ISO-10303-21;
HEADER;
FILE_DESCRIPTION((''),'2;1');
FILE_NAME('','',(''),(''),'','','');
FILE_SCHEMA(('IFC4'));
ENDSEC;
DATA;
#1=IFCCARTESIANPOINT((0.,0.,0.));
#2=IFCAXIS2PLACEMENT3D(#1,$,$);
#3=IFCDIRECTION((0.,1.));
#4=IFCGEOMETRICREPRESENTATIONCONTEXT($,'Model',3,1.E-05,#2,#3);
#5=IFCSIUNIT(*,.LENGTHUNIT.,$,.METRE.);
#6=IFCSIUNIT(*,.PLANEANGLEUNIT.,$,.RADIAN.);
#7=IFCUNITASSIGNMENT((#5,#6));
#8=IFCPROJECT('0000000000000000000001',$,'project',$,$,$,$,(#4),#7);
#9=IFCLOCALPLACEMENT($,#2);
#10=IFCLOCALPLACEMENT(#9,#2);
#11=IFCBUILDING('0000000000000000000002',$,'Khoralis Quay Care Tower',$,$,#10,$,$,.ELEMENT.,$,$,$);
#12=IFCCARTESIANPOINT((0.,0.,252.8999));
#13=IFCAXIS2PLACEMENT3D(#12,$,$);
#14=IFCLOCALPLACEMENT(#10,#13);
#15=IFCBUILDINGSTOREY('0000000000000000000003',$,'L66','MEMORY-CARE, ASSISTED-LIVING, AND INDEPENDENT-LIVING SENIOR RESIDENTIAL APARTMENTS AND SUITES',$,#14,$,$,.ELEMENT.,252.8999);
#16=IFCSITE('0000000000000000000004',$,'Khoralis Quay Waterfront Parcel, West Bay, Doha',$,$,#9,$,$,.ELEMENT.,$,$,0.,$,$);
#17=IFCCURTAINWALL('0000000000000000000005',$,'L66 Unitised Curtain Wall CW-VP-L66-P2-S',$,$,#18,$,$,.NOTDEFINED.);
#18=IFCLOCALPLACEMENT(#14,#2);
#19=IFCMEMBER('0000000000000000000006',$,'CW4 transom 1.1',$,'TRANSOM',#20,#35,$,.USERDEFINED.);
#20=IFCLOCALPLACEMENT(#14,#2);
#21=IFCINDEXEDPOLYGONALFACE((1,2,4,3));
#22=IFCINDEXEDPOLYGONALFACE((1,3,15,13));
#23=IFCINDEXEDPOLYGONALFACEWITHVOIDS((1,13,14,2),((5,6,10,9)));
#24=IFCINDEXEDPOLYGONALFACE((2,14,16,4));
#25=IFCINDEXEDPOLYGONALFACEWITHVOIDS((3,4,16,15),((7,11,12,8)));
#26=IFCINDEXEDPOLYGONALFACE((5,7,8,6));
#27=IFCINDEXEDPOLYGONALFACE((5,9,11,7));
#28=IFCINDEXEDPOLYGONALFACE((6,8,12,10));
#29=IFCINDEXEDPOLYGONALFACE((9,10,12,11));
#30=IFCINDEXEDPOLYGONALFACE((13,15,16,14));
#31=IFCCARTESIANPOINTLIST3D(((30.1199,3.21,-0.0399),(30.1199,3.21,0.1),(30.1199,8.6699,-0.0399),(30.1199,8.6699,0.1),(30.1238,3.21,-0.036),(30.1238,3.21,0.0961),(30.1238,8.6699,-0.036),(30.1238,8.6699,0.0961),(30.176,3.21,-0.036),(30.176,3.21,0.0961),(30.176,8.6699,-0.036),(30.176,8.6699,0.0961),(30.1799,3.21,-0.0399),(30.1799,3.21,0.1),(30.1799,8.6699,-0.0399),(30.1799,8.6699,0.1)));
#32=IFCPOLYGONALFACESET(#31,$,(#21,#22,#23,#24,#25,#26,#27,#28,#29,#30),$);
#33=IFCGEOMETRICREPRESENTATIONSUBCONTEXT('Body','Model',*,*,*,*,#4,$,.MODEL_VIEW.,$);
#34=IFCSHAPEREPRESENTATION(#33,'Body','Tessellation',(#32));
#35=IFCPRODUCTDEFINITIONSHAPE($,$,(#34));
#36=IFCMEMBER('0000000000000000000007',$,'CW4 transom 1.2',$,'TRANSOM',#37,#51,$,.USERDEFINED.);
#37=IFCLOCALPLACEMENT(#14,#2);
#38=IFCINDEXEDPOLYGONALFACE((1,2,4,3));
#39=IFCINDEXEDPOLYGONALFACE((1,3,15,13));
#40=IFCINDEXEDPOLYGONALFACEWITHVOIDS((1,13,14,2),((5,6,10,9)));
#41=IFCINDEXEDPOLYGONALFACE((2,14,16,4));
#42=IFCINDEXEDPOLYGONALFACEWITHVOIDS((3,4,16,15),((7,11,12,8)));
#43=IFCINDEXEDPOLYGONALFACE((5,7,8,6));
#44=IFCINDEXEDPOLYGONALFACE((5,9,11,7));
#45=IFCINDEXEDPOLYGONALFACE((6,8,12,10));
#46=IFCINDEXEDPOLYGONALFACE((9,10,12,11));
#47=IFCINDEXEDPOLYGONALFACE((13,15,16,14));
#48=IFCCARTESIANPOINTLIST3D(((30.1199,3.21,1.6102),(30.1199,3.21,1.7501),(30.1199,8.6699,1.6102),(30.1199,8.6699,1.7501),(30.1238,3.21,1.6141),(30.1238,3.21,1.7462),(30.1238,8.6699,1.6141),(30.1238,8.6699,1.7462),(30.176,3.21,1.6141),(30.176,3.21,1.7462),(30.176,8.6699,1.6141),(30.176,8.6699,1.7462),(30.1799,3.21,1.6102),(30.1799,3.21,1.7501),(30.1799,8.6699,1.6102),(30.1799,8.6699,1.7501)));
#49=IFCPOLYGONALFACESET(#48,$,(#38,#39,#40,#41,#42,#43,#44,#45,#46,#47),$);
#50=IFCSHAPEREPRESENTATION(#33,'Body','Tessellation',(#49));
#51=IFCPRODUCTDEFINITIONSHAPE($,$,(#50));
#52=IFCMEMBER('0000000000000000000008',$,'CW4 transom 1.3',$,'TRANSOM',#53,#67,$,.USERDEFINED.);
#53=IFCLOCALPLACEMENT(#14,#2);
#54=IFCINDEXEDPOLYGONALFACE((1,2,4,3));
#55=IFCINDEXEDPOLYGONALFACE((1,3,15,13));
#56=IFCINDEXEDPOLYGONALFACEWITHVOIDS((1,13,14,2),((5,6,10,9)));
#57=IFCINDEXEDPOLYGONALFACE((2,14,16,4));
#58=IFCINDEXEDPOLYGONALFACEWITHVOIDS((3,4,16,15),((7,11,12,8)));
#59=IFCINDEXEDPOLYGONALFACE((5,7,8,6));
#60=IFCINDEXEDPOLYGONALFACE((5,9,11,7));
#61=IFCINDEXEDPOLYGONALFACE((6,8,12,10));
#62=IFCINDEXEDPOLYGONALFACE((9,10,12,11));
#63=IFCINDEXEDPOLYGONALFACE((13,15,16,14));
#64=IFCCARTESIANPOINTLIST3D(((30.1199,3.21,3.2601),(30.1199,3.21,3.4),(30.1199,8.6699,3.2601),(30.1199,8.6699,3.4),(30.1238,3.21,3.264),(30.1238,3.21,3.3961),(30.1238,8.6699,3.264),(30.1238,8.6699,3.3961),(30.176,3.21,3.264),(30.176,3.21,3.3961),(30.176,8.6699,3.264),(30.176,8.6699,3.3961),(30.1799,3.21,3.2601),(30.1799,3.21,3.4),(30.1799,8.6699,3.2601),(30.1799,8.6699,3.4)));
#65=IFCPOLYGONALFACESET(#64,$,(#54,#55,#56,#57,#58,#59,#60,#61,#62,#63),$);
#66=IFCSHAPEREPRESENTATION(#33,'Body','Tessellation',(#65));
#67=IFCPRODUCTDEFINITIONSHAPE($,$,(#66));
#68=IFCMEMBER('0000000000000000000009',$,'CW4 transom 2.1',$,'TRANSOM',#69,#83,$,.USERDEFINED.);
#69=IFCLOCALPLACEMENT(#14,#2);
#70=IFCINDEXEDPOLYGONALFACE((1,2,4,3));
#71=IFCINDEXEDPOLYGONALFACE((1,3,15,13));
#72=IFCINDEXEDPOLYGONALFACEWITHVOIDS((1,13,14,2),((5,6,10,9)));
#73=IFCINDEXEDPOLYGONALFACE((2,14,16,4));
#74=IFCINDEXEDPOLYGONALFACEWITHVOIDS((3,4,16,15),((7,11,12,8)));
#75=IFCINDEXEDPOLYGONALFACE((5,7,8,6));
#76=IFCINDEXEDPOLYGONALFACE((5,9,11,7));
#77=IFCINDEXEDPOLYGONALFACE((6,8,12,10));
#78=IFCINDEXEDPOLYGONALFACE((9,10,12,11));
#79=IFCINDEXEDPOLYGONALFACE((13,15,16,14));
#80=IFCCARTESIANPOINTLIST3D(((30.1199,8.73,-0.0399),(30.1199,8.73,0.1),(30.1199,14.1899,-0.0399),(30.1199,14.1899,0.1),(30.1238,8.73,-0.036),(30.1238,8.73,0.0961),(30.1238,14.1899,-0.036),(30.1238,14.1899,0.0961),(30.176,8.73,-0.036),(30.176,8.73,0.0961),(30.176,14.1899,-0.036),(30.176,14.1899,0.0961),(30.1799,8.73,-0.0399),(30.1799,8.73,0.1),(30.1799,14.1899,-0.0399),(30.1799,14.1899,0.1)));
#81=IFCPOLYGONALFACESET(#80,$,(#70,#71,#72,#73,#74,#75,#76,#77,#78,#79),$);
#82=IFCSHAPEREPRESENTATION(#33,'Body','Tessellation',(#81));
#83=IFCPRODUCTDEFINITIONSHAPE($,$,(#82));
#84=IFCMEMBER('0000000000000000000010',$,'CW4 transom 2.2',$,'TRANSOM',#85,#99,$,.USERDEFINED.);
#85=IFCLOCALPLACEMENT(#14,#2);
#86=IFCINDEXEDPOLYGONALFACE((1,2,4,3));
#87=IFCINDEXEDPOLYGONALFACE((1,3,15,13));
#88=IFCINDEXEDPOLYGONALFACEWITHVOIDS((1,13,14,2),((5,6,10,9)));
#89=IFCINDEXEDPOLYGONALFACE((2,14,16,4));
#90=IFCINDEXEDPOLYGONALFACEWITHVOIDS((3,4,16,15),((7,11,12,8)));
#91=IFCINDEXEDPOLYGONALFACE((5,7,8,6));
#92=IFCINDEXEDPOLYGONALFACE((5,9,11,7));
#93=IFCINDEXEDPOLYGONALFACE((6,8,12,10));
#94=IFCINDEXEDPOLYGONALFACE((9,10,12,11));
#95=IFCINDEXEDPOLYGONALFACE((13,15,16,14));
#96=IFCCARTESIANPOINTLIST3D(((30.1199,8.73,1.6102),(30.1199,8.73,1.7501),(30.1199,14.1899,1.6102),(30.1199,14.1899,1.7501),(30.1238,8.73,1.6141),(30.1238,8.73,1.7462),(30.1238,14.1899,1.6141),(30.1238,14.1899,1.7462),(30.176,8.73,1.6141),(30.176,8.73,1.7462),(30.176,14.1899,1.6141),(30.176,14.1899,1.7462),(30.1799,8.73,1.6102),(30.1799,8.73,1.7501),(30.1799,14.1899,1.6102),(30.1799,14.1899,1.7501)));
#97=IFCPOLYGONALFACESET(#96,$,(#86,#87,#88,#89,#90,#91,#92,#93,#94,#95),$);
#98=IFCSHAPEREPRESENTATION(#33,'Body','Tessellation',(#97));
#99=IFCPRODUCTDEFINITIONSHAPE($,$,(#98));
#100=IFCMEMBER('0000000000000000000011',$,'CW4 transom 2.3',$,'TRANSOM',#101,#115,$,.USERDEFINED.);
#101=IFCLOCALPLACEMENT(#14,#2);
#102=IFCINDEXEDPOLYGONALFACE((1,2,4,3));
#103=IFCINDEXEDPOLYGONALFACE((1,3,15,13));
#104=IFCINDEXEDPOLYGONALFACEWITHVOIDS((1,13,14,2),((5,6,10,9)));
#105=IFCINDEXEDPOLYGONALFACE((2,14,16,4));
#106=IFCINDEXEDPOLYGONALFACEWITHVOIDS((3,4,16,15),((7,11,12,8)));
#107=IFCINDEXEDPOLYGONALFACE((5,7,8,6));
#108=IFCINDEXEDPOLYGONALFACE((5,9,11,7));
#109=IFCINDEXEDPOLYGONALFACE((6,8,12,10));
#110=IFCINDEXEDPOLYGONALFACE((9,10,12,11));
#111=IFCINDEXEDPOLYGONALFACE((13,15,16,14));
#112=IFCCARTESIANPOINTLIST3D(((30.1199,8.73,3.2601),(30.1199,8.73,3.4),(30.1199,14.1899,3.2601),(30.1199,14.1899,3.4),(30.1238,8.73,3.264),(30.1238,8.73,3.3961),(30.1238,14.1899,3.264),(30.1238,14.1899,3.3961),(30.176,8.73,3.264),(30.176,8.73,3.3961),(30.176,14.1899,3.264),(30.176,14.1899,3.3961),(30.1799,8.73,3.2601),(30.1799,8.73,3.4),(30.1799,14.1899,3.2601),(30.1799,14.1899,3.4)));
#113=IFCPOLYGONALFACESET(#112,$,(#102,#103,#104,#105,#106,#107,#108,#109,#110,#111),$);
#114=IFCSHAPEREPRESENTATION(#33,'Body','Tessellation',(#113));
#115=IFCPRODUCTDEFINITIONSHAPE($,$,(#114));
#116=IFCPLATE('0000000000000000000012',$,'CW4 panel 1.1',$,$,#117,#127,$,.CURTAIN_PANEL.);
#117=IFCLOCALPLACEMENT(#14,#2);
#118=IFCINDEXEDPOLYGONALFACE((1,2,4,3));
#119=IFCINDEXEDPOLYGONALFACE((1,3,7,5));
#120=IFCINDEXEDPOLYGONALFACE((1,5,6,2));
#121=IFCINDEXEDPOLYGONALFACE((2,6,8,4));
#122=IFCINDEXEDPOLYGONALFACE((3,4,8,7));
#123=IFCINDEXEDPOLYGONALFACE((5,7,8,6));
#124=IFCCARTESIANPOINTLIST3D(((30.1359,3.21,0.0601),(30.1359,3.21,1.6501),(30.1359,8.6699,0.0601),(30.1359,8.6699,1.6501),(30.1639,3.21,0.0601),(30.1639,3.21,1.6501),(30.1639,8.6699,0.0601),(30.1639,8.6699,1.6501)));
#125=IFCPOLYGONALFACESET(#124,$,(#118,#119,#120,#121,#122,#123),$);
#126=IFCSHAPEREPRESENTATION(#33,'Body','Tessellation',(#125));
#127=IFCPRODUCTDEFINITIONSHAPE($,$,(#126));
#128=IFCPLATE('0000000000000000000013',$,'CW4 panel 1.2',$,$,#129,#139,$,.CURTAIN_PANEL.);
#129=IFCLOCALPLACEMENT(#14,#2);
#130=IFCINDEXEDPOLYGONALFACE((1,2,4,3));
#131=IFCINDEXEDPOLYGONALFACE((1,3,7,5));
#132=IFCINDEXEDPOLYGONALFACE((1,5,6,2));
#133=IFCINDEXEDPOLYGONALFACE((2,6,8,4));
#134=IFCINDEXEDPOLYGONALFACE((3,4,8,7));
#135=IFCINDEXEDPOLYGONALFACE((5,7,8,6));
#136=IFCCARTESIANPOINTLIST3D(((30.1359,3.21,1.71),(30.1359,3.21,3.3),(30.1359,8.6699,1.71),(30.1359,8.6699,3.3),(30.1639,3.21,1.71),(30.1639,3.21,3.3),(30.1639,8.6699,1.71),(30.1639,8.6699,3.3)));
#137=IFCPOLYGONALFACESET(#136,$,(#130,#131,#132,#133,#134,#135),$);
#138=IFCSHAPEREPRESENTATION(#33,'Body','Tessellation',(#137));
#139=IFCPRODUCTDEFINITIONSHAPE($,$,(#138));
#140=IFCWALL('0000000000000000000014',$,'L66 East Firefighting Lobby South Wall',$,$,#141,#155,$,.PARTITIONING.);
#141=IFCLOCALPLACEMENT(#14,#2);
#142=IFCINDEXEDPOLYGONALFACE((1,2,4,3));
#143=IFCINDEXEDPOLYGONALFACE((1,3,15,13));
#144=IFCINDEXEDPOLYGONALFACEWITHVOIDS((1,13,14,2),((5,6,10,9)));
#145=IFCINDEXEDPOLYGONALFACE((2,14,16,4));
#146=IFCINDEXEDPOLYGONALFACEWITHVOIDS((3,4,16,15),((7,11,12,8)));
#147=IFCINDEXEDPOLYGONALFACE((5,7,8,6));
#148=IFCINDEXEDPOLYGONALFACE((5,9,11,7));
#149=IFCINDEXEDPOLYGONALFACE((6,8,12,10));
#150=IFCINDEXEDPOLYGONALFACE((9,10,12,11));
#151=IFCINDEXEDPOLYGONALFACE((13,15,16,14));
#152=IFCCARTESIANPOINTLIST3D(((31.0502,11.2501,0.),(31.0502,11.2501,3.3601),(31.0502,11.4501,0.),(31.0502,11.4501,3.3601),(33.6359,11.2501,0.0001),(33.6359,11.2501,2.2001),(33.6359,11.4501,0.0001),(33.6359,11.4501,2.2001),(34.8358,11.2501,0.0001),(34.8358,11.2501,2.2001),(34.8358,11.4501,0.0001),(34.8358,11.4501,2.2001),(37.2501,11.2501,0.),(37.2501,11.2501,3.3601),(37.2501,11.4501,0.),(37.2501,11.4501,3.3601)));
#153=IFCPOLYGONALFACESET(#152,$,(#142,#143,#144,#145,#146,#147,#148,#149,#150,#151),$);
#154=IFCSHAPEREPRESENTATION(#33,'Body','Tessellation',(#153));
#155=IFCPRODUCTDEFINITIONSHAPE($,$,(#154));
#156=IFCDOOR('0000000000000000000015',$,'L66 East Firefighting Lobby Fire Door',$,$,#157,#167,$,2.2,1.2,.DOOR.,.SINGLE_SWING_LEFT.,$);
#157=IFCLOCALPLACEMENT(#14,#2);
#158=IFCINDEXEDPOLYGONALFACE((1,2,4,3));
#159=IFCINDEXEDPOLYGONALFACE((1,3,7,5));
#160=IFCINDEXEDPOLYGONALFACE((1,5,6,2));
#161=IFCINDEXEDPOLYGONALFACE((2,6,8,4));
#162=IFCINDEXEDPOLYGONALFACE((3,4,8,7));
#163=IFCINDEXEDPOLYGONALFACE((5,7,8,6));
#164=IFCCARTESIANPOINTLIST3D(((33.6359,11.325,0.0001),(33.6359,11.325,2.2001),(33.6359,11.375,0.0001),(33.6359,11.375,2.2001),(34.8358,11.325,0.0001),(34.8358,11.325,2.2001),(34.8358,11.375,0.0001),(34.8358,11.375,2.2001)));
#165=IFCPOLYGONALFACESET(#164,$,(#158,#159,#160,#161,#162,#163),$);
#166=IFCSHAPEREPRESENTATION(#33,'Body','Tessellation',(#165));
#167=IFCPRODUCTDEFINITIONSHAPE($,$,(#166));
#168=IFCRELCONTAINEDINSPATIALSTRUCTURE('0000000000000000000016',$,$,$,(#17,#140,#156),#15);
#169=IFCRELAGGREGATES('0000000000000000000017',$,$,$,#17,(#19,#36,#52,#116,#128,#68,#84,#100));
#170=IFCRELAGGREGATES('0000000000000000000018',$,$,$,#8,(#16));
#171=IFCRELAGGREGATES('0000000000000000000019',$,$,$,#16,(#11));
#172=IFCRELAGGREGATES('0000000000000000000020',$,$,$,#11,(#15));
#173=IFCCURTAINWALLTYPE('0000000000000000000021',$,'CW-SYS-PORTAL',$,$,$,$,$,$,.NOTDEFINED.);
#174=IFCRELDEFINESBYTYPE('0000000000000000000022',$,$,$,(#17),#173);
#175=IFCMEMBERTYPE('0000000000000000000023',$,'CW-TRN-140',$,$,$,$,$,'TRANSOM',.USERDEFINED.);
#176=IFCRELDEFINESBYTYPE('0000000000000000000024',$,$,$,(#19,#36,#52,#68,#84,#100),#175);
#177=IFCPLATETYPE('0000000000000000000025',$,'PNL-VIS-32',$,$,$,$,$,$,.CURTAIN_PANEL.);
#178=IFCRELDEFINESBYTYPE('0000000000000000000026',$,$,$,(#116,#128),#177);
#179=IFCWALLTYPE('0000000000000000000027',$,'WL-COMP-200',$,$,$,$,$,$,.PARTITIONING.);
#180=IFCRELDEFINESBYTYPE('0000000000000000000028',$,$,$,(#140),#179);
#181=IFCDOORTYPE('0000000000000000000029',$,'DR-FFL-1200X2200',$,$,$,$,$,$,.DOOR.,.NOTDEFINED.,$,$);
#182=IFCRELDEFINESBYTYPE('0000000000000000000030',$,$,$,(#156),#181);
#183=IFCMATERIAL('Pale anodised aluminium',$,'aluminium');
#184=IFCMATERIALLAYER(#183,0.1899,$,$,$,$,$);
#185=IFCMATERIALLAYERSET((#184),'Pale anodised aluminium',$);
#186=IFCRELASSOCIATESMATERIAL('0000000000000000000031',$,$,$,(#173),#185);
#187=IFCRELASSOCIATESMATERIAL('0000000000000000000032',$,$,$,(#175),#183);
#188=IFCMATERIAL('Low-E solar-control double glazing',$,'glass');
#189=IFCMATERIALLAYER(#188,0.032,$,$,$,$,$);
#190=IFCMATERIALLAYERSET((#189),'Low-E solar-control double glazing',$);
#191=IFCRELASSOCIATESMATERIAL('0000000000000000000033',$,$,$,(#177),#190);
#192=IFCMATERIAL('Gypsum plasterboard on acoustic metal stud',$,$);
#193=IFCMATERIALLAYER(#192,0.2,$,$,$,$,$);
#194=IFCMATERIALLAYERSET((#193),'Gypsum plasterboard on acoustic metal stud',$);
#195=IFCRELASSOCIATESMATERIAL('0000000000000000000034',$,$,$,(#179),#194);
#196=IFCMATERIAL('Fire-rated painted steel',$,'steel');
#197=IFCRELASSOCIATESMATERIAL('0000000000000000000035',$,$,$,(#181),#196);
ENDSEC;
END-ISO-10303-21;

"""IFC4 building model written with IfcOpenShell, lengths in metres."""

from ifc_helpers import new_model, si_unit, direction, frame, frame_2d, origin, origin_2d, place, context, subcontext, project, spatial, rectangle, hollow_rectangle, extrude, source, transform, mapped, material, layer, layer_set, material_profile, profile_set, type_object, element, fill, aggregate, save


model = new_model("IFC4")

# Units and contexts
model_context = context("Model", 3, precision=1e-05, world=origin(), true_north=direction((0.0, 1.0)))
body_context = subcontext(model_context, "Body", "Model", "MODEL_VIEW")
ifc_project = project(units=[si_unit("LENGTHUNIT", "METRE"), si_unit("PLANEANGLEUNIT", "RADIAN")], contexts=[model_context])

# Site, building, storey
site_placement = place(None, origin())
site = spatial("IfcSite", under=ifc_project, at=site_placement, Name="Khoralis Quay Waterfront Parcel, West Bay, Doha", CompositionType="ELEMENT", RefElevation=0.0)
building_placement = place(site_placement, origin())
building = spatial("IfcBuilding", under=site, at=building_placement, Name="Khoralis Quay Care Tower", CompositionType="ELEMENT")
storey_placement = place(building_placement, frame((0.0, 0.0, 252.8999)))
storey = spatial("IfcBuildingStorey", under=building, at=storey_placement, Name="L66", Description="MEMORY-CARE, ASSISTED-LIVING, AND INDEPENDENT-LIVING SENIOR RESIDENTIAL APARTMENTS AND SUITES", CompositionType="ELEMENT", Elevation=252.8999)

# Curtain wall, members, plates
ifc_material_1 = material(Name="Pale anodised aluminium", Category="aluminium")
ifc_layer_1 = layer(ifc_material_1, 0.1899)
ifc_layer_set_1 = layer_set([ifc_layer_1], Name="Pale anodised aluminium")
curtain_wall_type = type_object("IfcCurtainWallType", Name="CW-SYS-PORTAL", PredefinedType="NOTDEFINED", material=ifc_layer_set_1)
curtain_wall_placement = place(storey_placement, origin())
curtain_wall = element("IfcCurtainWall", 1, at=curtain_wall_placement, inside=storey, type_object=curtain_wall_type, Name="L66 Unitised Curtain Wall CW-VP-L66-P2-S", PredefinedType="NOTDEFINED")
ifc_material_profile_1 = material_profile(ifc_material_1, hollow_rectangle(XDim=0.0601, YDim=0.1399, WallThickness=0.0039, at=origin_2d()), Name="Pale anodised aluminium")
ifc_profile_set_1 = profile_set([ifc_material_profile_1], Name="Pale anodised aluminium")
member_type_1 = type_object("IfcMemberType", Name="CW-TRN-140", ElementType="TRANSOM", PredefinedType="USERDEFINED", material=ifc_profile_set_1)
shared_shape_1 = source(origin(), body_context, "Body", "SweptSolid", [
    extrude(hollow_rectangle(XDim=0.0601, YDim=0.1399, WallThickness=0.0039, at=origin_2d()), origin(), (0.0, 0.0, 1.0), 5.46),
])
member_1_placement = place(storey_placement, frame((30.1499, 3.21, 0.03), z_axis=(0.0, 1.0, 0.0), x_axis=(-1.0, 0.0, 0.0)))
member_1 = element("IfcMember", 2, at=member_1_placement, type_object=member_type_1, Name="CW4 transom 1.1", ObjectType="TRANSOM", PredefinedType="USERDEFINED", context=body_context, shape_type="MappedRepresentation", body=[
    mapped(shared_shape_1, transform((0.0, 0.0, 0.0), scale=1.0)),
])
member_2_placement = place(storey_placement, frame((30.1499, 3.21, 1.6802), z_axis=(0.0, 1.0, 0.0), x_axis=(-1.0, 0.0, 0.0)))
member_2 = element("IfcMember", 3, at=member_2_placement, type_object=member_type_1, Name="CW4 transom 1.2", ObjectType="TRANSOM", PredefinedType="USERDEFINED", context=body_context, shape_type="MappedRepresentation", body=[
    mapped(shared_shape_1, transform((0.0, 0.0, 0.0), scale=1.0)),
])
member_3_placement = place(storey_placement, frame((30.1499, 3.21, 3.3301), z_axis=(0.0, 1.0, 0.0), x_axis=(-1.0, 0.0, 0.0)))
member_3 = element("IfcMember", 4, at=member_3_placement, type_object=member_type_1, Name="CW4 transom 1.3", ObjectType="TRANSOM", PredefinedType="USERDEFINED", context=body_context, shape_type="MappedRepresentation", body=[
    mapped(shared_shape_1, transform((0.0, 0.0, 0.0), scale=1.0)),
])
member_4_placement = place(storey_placement, frame((30.1499, 8.73, 0.03), z_axis=(0.0, 1.0, 0.0), x_axis=(-1.0, 0.0, 0.0)))
member_4 = element("IfcMember", 5, at=member_4_placement, type_object=member_type_1, Name="CW4 transom 2.1", ObjectType="TRANSOM", PredefinedType="USERDEFINED", context=body_context, shape_type="MappedRepresentation", body=[
    mapped(shared_shape_1, transform((0.0, 0.0, 0.0), scale=1.0)),
])
member_5_placement = place(storey_placement, frame((30.1499, 8.73, 1.6802), z_axis=(0.0, 1.0, 0.0), x_axis=(-1.0, 0.0, 0.0)))
member_5 = element("IfcMember", 6, at=member_5_placement, type_object=member_type_1, Name="CW4 transom 2.2", ObjectType="TRANSOM", PredefinedType="USERDEFINED", context=body_context, shape_type="MappedRepresentation", body=[
    mapped(shared_shape_1, transform((0.0, 0.0, 0.0), scale=1.0)),
])
member_6_placement = place(storey_placement, frame((30.1499, 8.73, 3.3301), z_axis=(0.0, 1.0, 0.0), x_axis=(-1.0, 0.0, 0.0)))
member_6 = element("IfcMember", 7, at=member_6_placement, type_object=member_type_1, Name="CW4 transom 2.3", ObjectType="TRANSOM", PredefinedType="USERDEFINED", context=body_context, shape_type="MappedRepresentation", body=[
    mapped(shared_shape_1, transform((0.0, 0.0, 0.0), scale=1.0)),
])
ifc_material_2 = material(Name="Low-E solar-control double glazing", Category="glass")
ifc_layer_2 = layer(ifc_material_2, 0.032)
ifc_layer_set_2 = layer_set([ifc_layer_2], Name="Low-E solar-control double glazing")
plate_type = type_object("IfcPlateType", Name="PNL-VIS-32", PredefinedType="CURTAIN_PANEL", material=ifc_layer_set_2)
shared_shape_2 = source(origin(), body_context, "Body", "SweptSolid", [
    extrude(rectangle(XDim=5.46, YDim=0.0281, at=origin_2d()), origin(), (0.0, 0.0, 1.0), 1.5901),
])
plate_1_placement = place(storey_placement, frame((30.1499, 5.9399, 0.0601), z_axis=(0.0, 0.0, 1.0), x_axis=(0.0, 1.0, 0.0)))
plate_1 = element("IfcPlate", 8, at=plate_1_placement, type_object=plate_type, Name="CW4 panel 1.1", PredefinedType="CURTAIN_PANEL", context=body_context, shape_type="MappedRepresentation", body=[
    mapped(shared_shape_2, transform((0.0, 0.0, 0.0), scale=1.0)),
])
plate_2_placement = place(storey_placement, frame((30.1499, 5.9399, 1.71), z_axis=(0.0, 0.0, 1.0), x_axis=(0.0, 1.0, 0.0)))
plate_2 = element("IfcPlate", 9, at=plate_2_placement, type_object=plate_type, Name="CW4 panel 1.2", PredefinedType="CURTAIN_PANEL", context=body_context, shape_type="MappedRepresentation", body=[
    mapped(shared_shape_2, transform((0.0, 0.0, 0.0), scale=1.0)),
])
aggregate(curtain_wall, [member_1, member_2, member_3, plate_1, plate_2, member_4, member_5, member_6])

# Wall, opening, door
ifc_material_3 = material(Name="Gypsum plasterboard on acoustic metal stud")
ifc_layer_3 = layer(ifc_material_3, 0.2)
ifc_layer_set_3 = layer_set([ifc_layer_3], Name="Gypsum plasterboard on acoustic metal stud")
wall_type_1 = type_object("IfcWallType", Name="WL-COMP-200", PredefinedType="PARTITIONING", material=ifc_layer_set_3)
wall_1_placement = place(storey_placement, frame((31.05, 11.3501, 0.0), z_axis=(0.0, 0.0, 1.0), x_axis=(1.0, 0.0, 0.0)))
wall_1 = element("IfcWall", 10, at=wall_1_placement, inside=storey, type_object=wall_type_1, Name="L66 East Firefighting Lobby South Wall", PredefinedType="PARTITIONING", context=body_context, shape_type="SweptSolid", body=[
    extrude(rectangle(XDim=6.2, YDim=0.2, at=frame_2d((3.1001, 0.0))), origin(), (0.0, 0.0, 1.0), 3.3601),
])
opening_1_placement = place(wall_1_placement, frame((2.5857, 0.0, 0.0)))
opening_1 = element("IfcOpeningElement", 11, at=opening_1_placement, cuts=wall_1, PredefinedType="OPENING", context=body_context, shape_type="SweptSolid", body=[
    extrude(rectangle(XDim=1.2, YDim=2.2, at=frame_2d((0.6001, 1.1001))), frame((0.0, 0.1099, 0.0), z_axis=(0.0, -1.0, 0.0), x_axis=(1.0, 0.0, 0.0)), (0.0, 0.0, 1.0), 0.22),
])
ifc_material_4 = material(Name="Fire-rated painted steel", Category="steel")
door_type_1 = type_object("IfcDoorType", Name="DR-FFL-1200X2200", OperationType="NOTDEFINED", PredefinedType="DOOR", material=ifc_material_4)
shared_shape_3 = source(origin(), body_context, "Body", "SweptSolid", [
    extrude(rectangle(XDim=1.2, YDim=2.2, at=frame_2d((0.6001, 1.1001))), frame((0.0, 0.0249, 0.0), z_axis=(0.0, -1.0, 0.0), x_axis=(1.0, 0.0, 0.0)), (0.0, 0.0, 1.0), 0.05),
])
door_1_placement = place(opening_1_placement, origin())
door_1 = element("IfcDoor", 12, at=door_1_placement, inside=storey, type_object=door_type_1, Name="L66 East Firefighting Lobby Fire Door", OperationType="SINGLE_SWING_LEFT", OverallHeight=2.2, OverallWidth=1.2, PredefinedType="DOOR", context=body_context, shape_type="MappedRepresentation", body=[
    mapped(shared_shape_3, transform((0.0, 0.0, 0.0), scale=1.0)),
])
fill(opening_1, door_1)

save(model, "model.ifc")
